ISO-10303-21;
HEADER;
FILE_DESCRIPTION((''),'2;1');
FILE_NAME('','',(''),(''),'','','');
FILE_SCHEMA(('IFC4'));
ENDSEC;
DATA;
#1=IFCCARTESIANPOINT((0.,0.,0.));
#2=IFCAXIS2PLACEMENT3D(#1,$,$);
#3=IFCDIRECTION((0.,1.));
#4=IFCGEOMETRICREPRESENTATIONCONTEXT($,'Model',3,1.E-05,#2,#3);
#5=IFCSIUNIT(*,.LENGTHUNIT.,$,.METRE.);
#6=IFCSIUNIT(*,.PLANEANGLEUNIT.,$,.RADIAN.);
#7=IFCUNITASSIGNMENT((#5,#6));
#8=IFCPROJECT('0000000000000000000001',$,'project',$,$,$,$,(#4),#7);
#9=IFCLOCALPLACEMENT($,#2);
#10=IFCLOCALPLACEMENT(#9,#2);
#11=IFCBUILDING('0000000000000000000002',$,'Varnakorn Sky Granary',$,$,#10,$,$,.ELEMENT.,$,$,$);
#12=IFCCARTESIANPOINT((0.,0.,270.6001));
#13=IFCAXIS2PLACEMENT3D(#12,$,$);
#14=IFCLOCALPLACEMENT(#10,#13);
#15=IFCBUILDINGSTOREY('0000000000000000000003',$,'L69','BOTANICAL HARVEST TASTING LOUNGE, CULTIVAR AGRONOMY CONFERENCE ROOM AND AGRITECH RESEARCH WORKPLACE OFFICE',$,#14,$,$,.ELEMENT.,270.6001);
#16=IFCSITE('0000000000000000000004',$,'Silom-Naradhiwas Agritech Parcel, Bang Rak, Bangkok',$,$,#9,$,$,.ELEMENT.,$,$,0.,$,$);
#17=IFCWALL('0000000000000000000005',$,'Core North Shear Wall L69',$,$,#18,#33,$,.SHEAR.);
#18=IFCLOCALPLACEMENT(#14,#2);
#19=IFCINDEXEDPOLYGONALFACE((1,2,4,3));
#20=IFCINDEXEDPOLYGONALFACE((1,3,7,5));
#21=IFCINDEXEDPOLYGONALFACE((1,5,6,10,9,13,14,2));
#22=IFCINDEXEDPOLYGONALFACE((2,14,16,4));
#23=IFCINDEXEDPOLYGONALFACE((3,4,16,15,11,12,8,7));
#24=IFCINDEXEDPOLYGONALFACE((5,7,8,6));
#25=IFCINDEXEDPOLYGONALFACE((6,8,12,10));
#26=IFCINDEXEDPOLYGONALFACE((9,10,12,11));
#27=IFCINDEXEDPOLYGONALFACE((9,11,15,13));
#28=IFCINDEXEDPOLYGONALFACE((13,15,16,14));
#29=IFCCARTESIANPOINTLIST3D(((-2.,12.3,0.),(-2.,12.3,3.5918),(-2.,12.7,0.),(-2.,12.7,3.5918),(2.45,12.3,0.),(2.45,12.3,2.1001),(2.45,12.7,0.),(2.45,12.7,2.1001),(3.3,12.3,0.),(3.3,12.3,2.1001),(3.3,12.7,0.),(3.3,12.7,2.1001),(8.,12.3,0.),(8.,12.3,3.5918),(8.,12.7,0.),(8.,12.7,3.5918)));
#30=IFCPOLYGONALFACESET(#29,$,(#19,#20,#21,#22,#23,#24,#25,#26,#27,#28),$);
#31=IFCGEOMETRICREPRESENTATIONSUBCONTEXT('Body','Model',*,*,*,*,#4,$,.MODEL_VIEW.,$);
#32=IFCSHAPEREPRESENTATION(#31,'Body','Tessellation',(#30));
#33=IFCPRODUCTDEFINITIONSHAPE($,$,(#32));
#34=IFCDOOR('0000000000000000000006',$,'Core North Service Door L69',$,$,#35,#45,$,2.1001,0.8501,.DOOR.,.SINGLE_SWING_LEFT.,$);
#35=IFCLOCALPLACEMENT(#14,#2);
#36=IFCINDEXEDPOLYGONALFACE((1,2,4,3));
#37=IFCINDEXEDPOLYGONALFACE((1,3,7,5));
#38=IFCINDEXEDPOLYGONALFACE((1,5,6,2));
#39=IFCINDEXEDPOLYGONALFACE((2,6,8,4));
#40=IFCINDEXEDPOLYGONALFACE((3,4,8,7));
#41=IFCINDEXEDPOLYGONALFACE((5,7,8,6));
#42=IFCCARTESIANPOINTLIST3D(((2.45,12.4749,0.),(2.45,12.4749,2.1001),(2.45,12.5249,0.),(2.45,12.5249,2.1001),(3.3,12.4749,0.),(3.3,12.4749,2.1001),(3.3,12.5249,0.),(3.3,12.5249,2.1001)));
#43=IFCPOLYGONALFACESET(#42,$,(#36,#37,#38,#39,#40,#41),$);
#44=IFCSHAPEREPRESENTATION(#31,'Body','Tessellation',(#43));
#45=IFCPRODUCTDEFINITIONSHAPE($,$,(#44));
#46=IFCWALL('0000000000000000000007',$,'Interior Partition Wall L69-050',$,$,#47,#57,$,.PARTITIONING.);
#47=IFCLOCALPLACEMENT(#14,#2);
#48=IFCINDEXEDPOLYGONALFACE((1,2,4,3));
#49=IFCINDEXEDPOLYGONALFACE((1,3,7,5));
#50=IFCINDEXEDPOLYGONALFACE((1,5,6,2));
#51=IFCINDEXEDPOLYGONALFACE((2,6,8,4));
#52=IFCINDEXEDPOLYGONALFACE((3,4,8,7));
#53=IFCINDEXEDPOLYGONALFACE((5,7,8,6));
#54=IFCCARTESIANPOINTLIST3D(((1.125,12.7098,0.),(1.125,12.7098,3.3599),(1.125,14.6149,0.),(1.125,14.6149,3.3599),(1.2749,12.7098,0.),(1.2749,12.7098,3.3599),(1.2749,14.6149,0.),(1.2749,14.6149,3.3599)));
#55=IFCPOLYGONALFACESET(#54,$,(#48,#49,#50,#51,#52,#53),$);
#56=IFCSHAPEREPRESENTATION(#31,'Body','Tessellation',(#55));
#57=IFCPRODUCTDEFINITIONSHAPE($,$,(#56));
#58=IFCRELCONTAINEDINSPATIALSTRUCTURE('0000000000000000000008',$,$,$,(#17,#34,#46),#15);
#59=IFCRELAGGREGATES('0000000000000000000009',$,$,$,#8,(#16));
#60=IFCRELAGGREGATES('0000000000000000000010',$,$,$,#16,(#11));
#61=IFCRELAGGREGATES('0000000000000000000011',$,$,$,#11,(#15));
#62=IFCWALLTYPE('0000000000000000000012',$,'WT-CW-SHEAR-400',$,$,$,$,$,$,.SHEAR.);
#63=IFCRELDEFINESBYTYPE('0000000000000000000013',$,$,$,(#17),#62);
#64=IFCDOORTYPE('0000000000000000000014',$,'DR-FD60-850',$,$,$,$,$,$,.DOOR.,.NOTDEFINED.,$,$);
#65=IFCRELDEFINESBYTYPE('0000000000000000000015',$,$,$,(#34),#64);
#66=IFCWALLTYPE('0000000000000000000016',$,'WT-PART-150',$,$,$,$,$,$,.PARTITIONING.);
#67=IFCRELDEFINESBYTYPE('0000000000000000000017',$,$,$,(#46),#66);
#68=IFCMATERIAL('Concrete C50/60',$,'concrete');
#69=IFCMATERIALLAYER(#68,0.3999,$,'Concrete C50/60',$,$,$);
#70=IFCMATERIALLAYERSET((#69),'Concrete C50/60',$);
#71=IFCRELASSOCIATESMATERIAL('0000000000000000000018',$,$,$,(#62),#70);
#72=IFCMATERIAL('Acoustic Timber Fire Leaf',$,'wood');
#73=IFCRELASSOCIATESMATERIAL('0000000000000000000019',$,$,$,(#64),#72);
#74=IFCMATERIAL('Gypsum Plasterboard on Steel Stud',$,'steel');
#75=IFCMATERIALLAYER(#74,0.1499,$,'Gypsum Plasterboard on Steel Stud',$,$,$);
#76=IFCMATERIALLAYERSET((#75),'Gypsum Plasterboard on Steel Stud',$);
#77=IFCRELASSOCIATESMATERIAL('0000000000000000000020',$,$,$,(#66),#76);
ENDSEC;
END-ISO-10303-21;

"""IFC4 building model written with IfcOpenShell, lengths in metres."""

from ifc_helpers import new_model, si_unit, direction, frame, frame_2d, origin, place, context, subcontext, project, spatial, rectangle, extrude, material, layer, layer_set, type_object, element, fill, save


model = new_model("IFC4")

# Units and contexts
model_context = context("Model", 3, precision=1e-05, world=origin(), true_north=direction((0.0, 1.0)))
body_context = subcontext(model_context, "Body", "Model", "MODEL_VIEW")
ifc_project = project(units=[si_unit("LENGTHUNIT", "METRE"), si_unit("PLANEANGLEUNIT", "RADIAN")], contexts=[model_context])

# Site, building, storey
site_placement = place(None, origin())
site = spatial("IfcSite", under=ifc_project, at=site_placement, Name="Silom-Naradhiwas Agritech Parcel, Bang Rak, Bangkok", CompositionType="ELEMENT", RefElevation=0.0)
building_placement = place(site_placement, origin())
building = spatial("IfcBuilding", under=site, at=building_placement, Name="Varnakorn Sky Granary", CompositionType="ELEMENT")
storey_placement = place(building_placement, frame((0.0, 0.0, 270.6001)))
storey = spatial("IfcBuildingStorey", under=building, at=storey_placement, Name="L69", Description="BOTANICAL HARVEST TASTING LOUNGE, CULTIVAR AGRONOMY CONFERENCE ROOM AND AGRITECH RESEARCH WORKPLACE OFFICE", CompositionType="ELEMENT", Elevation=270.6001)

# Shared definitions
ifc_material_1 = material(Name="Concrete C50/60", Category="concrete")

# Wall, opening, door
ifc_layer_1 = layer(ifc_material_1, 0.3999, Name="Concrete C50/60")
ifc_layer_set_1 = layer_set([ifc_layer_1], Name="Concrete C50/60")
wall_type_1 = type_object("IfcWallType", Name="WT-CW-SHEAR-400", PredefinedType="SHEAR", material=ifc_layer_set_1)
wall_1_placement = place(storey_placement, frame((-2.0, 12.5, 0.0), z_axis=(0.0, 0.0, 1.0), x_axis=(1.0, 0.0, 0.0)))
wall_1 = element("IfcWall", 1, at=wall_1_placement, inside=storey, type_object=wall_type_1, Name="Core North Shear Wall L69", PredefinedType="SHEAR", context=body_context, shape_type="SweptSolid", body=[
    extrude(rectangle(XDim=10.0, YDim=0.3999, at=frame_2d((5.0, 0.0))), origin(), (0.0, 0.0, 1.0), 3.5918),
])
opening_placement = place(wall_1_placement, frame((4.45, 0.0, 0.0)))
opening = element("IfcOpeningElement", 2, at=opening_placement, cuts=wall_1, PredefinedType="OPENING", context=body_context, shape_type="SweptSolid", body=[
    extrude(rectangle(XDim=0.8501, YDim=2.1001, at=frame_2d((0.425, 1.05))), frame((0.0, 0.21, 0.0), z_axis=(0.0, -1.0, 0.0), x_axis=(1.0, 0.0, 0.0)), (0.0, 0.0, 1.0), 0.4199),
])
ifc_material_2 = material(Name="Acoustic Timber Fire Leaf", Category="wood")
door_type = type_object("IfcDoorType", Name="DR-FD60-850", OperationType="NOTDEFINED", PredefinedType="DOOR", material=ifc_material_2)
door_placement = place(opening_placement, origin())
door = element("IfcDoor", 3, at=door_placement, inside=storey, type_object=door_type, Name="Core North Service Door L69", OperationType="SINGLE_SWING_LEFT", OverallHeight=2.1001, OverallWidth=0.8501, PredefinedType="DOOR", context=body_context, shape_type="SweptSolid", body=[
    extrude(rectangle(XDim=0.8501, YDim=2.1001, at=frame_2d((0.425, 1.05))), frame((0.0, 0.0249, 0.0), z_axis=(0.0, -1.0, 0.0), x_axis=(1.0, 0.0, 0.0)), (0.0, 0.0, 1.0), 0.05),
])
fill(opening, door)

# Wall
ifc_material_3 = material(Name="Gypsum Plasterboard on Steel Stud", Category="steel")
ifc_layer_2 = layer(ifc_material_3, 0.1499, Name="Gypsum Plasterboard on Steel Stud")
ifc_layer_set_2 = layer_set([ifc_layer_2], Name="Gypsum Plasterboard on Steel Stud")
wall_type_2 = type_object("IfcWallType", Name="WT-PART-150", PredefinedType="PARTITIONING", material=ifc_layer_set_2)
wall_2_placement = place(storey_placement, frame((1.2, 14.615, 0.0), z_axis=(0.0, 0.0, 1.0), x_axis=(0.0, -1.0, 0.0)))
element("IfcWall", 4, at=wall_2_placement, inside=storey, type_object=wall_type_2, Name="Interior Partition Wall L69-050", PredefinedType="PARTITIONING", context=body_context, shape_type="SweptSolid", body=[
    extrude(rectangle(XDim=1.905, YDim=0.1499, at=frame_2d((0.9526, 0.0))), origin(), (0.0, 0.0, 1.0), 3.3599),
])

save(model, "model.ifc")
